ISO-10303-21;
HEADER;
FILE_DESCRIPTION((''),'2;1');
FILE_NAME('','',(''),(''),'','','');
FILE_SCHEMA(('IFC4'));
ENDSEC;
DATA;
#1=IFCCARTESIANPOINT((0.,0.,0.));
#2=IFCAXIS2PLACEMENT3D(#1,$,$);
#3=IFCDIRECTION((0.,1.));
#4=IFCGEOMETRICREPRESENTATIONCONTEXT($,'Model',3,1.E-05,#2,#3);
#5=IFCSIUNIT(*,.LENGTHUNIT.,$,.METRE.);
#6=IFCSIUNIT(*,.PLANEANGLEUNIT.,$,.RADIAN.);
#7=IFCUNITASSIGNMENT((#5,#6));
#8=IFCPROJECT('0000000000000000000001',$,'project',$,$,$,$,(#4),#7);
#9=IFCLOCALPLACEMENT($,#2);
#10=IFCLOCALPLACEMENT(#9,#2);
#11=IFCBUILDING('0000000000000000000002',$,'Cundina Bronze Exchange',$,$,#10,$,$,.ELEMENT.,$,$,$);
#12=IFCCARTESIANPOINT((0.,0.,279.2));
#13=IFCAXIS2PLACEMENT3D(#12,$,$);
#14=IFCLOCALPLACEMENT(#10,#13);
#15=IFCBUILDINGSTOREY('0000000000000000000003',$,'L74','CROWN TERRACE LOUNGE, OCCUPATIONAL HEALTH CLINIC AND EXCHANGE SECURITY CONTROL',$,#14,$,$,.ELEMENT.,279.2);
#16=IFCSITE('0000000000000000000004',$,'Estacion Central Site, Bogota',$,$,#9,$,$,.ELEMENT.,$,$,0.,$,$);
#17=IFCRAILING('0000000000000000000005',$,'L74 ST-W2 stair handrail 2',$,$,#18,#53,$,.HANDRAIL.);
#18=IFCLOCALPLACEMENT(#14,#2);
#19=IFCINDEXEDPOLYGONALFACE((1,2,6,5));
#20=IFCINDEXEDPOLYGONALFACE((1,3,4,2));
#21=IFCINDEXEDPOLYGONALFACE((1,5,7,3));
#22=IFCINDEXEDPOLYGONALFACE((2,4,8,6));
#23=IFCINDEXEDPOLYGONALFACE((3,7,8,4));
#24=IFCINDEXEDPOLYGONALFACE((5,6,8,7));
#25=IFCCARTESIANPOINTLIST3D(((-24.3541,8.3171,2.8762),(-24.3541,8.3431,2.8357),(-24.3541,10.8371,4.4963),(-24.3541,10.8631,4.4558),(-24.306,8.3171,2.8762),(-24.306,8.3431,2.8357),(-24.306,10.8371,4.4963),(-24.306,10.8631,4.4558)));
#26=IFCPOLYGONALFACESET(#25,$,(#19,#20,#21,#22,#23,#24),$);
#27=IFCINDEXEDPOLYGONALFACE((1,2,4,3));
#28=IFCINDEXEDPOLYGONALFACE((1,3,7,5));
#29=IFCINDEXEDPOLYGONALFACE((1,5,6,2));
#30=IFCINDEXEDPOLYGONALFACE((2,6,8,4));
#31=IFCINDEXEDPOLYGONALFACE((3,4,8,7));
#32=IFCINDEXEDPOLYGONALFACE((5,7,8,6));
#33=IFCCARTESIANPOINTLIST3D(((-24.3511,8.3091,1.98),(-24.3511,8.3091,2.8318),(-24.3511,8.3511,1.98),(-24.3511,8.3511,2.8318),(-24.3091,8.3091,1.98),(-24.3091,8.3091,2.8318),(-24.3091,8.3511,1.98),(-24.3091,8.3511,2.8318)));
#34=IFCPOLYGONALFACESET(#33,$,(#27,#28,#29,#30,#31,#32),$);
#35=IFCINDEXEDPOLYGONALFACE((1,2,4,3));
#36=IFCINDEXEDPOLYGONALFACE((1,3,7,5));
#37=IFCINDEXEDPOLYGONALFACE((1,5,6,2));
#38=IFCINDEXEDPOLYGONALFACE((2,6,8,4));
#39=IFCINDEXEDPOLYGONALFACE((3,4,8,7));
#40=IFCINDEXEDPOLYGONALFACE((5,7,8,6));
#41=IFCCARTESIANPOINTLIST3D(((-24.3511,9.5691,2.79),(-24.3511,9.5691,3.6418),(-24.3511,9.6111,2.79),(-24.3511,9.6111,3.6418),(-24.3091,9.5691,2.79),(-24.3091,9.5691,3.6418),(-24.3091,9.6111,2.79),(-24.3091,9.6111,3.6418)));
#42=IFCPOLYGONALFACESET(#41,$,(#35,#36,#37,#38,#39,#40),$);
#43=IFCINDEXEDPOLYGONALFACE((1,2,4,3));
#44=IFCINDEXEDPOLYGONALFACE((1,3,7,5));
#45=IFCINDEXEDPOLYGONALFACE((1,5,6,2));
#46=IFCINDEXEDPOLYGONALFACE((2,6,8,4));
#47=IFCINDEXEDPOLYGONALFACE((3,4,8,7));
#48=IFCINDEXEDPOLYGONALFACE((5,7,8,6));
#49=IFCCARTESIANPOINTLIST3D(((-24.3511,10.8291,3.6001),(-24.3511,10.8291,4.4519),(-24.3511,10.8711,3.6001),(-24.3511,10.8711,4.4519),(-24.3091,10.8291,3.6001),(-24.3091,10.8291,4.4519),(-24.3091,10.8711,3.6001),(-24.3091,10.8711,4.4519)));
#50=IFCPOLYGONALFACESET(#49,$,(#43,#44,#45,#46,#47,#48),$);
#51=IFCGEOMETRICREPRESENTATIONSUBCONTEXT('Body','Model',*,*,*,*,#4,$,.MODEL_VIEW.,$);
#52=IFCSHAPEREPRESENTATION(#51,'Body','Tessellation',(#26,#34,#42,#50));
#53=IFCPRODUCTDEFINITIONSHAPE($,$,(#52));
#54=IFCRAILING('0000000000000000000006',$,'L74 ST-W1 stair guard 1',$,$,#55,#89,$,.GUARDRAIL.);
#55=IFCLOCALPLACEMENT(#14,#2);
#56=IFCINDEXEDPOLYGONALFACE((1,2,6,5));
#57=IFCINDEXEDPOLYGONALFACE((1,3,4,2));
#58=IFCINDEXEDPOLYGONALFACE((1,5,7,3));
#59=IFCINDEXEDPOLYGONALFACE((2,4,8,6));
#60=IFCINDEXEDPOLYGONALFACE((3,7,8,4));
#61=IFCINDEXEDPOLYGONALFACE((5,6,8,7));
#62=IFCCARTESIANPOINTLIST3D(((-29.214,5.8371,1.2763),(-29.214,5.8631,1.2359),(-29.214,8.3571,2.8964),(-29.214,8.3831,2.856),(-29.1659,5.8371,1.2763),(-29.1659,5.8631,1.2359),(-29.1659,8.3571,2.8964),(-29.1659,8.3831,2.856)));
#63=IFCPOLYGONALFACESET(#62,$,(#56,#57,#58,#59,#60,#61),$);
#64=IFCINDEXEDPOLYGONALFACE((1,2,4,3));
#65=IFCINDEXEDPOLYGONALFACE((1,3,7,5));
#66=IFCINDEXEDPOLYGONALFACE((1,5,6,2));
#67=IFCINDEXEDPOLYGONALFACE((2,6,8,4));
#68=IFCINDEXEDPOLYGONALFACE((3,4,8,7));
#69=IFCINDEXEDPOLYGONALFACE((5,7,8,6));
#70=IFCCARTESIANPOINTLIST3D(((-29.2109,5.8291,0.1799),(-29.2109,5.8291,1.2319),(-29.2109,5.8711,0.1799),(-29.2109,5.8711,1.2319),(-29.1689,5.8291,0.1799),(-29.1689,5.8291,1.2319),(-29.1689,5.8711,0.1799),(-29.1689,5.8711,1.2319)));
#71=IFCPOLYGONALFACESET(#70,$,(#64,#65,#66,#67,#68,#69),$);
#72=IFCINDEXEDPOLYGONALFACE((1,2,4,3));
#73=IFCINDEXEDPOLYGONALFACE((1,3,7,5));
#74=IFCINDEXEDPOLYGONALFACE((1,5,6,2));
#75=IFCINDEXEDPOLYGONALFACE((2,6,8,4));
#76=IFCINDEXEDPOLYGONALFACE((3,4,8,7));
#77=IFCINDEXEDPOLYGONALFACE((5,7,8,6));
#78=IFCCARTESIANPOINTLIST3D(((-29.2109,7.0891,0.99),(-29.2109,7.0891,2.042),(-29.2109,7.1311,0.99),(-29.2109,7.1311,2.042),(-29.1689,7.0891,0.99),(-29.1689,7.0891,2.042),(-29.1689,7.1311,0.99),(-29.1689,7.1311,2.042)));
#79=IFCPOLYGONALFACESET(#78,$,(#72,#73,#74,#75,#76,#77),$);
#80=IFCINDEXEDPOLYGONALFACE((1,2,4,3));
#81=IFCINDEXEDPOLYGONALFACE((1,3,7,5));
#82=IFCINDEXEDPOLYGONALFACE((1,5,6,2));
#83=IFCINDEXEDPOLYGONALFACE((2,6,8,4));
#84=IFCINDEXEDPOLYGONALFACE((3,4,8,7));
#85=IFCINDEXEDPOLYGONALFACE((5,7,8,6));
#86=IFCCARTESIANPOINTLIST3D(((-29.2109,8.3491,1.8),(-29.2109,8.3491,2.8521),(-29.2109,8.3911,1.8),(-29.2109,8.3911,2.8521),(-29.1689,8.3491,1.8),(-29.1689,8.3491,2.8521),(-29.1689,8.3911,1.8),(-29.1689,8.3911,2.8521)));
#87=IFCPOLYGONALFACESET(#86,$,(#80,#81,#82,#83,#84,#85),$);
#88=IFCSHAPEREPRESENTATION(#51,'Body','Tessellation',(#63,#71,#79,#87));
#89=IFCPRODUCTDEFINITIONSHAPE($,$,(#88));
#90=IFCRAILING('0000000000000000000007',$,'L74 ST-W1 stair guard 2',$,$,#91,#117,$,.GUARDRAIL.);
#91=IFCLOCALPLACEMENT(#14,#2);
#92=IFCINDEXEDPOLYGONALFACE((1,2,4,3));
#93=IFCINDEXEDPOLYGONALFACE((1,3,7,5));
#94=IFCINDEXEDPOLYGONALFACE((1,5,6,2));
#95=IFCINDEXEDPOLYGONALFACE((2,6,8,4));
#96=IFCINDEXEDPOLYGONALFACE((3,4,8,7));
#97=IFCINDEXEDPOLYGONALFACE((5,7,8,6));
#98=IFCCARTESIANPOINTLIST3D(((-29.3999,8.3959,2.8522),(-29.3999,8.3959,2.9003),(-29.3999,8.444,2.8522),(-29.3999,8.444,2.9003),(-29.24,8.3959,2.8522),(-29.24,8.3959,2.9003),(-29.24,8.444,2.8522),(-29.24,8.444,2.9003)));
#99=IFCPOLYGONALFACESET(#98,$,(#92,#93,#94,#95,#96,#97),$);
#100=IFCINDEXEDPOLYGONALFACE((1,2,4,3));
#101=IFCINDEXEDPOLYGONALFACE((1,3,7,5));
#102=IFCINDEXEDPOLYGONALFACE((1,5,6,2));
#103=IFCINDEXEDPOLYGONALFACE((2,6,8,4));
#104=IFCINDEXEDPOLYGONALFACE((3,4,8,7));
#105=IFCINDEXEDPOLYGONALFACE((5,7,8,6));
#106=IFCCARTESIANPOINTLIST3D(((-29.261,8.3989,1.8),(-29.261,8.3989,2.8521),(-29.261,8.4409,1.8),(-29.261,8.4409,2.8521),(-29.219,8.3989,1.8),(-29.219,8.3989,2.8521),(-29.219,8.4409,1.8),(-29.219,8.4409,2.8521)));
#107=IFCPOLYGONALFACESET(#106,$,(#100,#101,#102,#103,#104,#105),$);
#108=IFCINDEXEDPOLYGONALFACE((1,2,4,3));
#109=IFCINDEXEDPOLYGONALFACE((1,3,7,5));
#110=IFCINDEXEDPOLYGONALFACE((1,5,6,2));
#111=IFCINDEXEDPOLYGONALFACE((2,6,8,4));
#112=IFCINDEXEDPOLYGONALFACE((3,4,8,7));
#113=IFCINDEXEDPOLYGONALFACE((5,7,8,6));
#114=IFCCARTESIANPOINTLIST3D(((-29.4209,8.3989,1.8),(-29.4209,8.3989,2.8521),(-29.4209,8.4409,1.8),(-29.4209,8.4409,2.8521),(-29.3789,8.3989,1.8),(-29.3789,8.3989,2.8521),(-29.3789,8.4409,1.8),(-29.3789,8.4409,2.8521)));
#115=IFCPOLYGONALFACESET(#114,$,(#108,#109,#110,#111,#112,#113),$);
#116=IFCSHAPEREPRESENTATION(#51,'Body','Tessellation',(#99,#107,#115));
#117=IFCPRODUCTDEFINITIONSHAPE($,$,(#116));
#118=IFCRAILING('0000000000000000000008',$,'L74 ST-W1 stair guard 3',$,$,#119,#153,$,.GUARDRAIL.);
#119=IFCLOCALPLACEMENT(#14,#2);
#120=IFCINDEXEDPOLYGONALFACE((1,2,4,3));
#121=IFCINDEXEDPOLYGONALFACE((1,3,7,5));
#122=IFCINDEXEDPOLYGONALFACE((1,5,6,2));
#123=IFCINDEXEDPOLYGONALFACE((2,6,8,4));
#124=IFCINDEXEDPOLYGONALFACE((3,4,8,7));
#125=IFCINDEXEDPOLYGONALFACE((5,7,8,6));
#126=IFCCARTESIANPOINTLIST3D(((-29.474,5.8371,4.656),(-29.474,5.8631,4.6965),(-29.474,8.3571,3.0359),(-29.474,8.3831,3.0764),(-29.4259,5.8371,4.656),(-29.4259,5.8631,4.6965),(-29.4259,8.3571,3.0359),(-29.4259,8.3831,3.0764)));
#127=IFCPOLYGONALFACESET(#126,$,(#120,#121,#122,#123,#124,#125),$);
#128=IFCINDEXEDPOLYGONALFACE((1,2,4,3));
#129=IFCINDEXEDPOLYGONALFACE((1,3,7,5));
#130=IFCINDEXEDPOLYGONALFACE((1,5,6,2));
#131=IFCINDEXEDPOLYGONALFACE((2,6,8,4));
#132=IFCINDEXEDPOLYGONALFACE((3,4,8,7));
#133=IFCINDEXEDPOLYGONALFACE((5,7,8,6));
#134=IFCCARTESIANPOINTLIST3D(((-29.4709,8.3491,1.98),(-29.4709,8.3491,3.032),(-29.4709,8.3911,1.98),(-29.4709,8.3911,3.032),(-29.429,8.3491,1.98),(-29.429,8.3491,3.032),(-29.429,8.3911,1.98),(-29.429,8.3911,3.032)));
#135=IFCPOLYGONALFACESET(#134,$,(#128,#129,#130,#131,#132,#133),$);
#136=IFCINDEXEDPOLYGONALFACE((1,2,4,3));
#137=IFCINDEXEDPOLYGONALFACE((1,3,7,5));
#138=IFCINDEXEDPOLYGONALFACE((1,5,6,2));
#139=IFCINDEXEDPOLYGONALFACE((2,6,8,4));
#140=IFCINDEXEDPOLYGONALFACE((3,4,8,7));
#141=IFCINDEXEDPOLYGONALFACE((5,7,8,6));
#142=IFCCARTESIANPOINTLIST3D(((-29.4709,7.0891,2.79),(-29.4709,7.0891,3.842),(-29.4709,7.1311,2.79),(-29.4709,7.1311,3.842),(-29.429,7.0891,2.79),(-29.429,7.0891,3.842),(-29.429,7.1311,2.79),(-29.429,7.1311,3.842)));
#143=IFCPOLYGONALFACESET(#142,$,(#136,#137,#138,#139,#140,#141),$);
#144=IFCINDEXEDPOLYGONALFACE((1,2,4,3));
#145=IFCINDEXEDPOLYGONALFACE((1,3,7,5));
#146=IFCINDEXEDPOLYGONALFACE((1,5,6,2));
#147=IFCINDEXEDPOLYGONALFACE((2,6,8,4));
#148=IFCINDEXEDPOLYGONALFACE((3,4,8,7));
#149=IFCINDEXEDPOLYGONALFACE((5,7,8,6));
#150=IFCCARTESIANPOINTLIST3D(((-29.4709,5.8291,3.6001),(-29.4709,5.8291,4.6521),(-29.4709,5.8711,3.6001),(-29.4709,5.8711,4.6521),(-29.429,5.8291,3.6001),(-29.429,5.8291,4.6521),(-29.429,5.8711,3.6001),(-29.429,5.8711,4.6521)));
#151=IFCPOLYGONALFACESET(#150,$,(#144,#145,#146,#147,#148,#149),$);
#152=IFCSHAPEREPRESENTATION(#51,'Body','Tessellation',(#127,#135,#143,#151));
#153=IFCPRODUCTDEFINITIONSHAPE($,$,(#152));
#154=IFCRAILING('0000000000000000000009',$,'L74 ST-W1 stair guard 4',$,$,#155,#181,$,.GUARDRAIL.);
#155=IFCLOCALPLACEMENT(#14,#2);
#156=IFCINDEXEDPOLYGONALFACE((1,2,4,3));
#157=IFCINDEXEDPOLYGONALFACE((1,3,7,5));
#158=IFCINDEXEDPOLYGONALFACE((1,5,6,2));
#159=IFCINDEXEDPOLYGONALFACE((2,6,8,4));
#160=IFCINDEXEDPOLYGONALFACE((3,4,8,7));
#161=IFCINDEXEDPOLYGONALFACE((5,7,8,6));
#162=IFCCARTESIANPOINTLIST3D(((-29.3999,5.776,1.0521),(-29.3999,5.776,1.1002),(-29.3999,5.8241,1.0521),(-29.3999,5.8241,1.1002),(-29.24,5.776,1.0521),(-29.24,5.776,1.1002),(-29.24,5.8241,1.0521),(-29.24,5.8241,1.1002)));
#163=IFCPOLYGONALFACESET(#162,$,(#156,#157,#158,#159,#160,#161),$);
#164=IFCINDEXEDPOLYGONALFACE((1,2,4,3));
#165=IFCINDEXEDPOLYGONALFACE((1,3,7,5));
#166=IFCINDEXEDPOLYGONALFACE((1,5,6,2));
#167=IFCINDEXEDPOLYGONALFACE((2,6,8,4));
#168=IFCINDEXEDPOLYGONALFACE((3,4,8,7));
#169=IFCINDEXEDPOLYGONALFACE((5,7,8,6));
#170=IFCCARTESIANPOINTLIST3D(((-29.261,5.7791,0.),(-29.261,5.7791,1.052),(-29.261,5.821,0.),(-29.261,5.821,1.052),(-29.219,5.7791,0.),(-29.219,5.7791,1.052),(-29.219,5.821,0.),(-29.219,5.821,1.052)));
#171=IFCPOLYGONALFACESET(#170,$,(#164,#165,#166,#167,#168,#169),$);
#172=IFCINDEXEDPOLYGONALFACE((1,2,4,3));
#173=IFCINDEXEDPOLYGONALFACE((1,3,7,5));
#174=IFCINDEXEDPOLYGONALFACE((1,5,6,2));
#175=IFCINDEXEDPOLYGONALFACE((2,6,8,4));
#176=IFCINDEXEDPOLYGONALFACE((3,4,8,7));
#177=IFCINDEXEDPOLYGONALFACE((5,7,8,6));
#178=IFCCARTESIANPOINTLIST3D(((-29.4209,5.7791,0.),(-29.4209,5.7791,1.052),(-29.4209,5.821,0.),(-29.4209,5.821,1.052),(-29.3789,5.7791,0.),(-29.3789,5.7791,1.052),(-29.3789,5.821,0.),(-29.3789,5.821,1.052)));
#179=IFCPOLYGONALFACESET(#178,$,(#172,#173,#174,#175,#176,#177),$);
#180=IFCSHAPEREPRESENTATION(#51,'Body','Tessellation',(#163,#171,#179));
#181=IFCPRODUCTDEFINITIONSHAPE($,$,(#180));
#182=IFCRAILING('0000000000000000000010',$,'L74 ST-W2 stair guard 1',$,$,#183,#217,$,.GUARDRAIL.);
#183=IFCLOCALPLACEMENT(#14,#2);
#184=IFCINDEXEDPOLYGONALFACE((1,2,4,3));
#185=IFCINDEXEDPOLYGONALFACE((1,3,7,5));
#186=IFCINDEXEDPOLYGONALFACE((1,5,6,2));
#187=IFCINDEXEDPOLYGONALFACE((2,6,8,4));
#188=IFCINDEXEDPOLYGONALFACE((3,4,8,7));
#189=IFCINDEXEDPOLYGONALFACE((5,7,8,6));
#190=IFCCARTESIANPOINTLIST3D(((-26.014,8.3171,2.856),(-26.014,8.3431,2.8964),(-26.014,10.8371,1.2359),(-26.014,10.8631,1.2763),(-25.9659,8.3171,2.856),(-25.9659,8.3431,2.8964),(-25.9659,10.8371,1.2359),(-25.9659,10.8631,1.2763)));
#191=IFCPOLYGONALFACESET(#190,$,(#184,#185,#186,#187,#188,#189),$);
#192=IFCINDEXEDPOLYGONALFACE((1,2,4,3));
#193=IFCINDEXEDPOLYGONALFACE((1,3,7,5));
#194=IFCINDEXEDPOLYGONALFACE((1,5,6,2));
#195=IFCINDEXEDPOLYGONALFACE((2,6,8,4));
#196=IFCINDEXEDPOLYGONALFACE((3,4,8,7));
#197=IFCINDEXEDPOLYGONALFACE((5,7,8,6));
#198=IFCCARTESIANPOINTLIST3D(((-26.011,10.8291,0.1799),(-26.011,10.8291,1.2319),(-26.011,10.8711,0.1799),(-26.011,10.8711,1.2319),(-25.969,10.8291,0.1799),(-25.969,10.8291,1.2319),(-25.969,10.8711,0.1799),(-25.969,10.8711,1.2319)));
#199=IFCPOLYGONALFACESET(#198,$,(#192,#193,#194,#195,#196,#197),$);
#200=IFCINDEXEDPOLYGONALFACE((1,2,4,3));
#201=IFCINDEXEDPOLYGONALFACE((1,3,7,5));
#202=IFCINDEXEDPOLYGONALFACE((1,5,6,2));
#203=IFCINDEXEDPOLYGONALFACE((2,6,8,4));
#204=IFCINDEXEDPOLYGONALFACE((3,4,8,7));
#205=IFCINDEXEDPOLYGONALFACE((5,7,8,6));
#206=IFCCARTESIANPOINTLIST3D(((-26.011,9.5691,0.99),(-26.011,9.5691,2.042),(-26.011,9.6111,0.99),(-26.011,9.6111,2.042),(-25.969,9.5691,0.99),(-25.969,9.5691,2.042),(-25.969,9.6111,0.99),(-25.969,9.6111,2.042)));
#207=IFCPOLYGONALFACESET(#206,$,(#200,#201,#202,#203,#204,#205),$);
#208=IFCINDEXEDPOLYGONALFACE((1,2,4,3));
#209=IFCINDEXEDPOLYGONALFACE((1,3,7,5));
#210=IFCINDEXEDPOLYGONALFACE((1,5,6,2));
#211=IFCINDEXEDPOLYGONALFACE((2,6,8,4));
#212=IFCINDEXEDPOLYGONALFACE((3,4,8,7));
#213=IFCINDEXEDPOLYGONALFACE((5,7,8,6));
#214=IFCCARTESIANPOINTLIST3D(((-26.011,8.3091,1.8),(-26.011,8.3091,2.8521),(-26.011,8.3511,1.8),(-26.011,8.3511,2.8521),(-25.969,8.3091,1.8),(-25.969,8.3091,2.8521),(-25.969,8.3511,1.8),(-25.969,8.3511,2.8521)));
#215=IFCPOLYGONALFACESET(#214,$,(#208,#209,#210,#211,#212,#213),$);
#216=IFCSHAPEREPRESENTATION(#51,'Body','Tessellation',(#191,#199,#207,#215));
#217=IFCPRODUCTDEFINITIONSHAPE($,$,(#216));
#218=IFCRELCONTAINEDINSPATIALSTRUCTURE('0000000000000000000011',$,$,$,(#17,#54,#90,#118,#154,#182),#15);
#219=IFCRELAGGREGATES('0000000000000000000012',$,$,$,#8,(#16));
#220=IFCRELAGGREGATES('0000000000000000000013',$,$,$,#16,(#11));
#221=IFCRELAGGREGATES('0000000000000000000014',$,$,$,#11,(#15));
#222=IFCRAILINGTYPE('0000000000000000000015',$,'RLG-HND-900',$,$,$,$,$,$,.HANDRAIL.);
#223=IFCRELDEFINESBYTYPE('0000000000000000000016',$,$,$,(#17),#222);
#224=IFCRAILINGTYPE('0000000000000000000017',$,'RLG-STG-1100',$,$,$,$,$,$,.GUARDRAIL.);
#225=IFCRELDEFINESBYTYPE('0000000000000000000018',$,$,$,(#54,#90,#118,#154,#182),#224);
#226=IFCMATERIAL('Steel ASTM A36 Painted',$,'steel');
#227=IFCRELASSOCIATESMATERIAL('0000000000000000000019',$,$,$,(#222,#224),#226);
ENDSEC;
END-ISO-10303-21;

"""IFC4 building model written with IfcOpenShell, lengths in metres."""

from ifc_helpers import new_model, si_unit, direction, frame, origin, origin_2d, place, context, subcontext, project, spatial, rectangle, extrude, material, type_object, element, save


model = new_model("IFC4")

# Units and contexts
model_context = context("Model", 3, precision=1e-05, world=origin(), true_north=direction((0.0, 1.0)))
body_context = subcontext(model_context, "Body", "Model", "MODEL_VIEW")
ifc_project = project(units=[si_unit("LENGTHUNIT", "METRE"), si_unit("PLANEANGLEUNIT", "RADIAN")], contexts=[model_context])

# Site, building, storey
site_placement = place(None, origin())
site = spatial("IfcSite", under=ifc_project, at=site_placement, Name="Estacion Central Site, Bogota", CompositionType="ELEMENT", RefElevation=0.0)
building_placement = place(site_placement, origin())
building = spatial("IfcBuilding", under=site, at=building_placement, Name="Cundina Bronze Exchange", CompositionType="ELEMENT")
storey_placement = place(building_placement, frame((0.0, 0.0, 279.2)))
storey = spatial("IfcBuildingStorey", under=building, at=storey_placement, Name="L74", Description="CROWN TERRACE LOUNGE, OCCUPATIONAL HEALTH CLINIC AND EXCHANGE SECURITY CONTROL", CompositionType="ELEMENT", Elevation=279.2)

# Shared definitions
ifc_material_1 = material(Name="Steel ASTM A36 Painted", Category="steel")

# Railings
railing_type_1 = type_object("IfcRailingType", Name="RLG-HND-900", PredefinedType="HANDRAIL", material=ifc_material_1)
railing_1_placement = place(storey_placement, frame((-24.3301, 8.3301, 1.98)))
element("IfcRailing", 1, at=railing_1_placement, inside=storey, type_object=railing_type_1, Name="L74 ST-W2 stair handrail 2", PredefinedType="HANDRAIL", context=body_context, shape_type="SweptSolid", body=[
    extrude(rectangle(XDim=0.0481, YDim=0.0481, at=origin_2d()), frame((0.0, 0.0, 0.876), z_axis=(0.0, 0.841163, 0.540782), x_axis=(-1.0, 0.0, 0.0)), (0.0, 0.0, 1.0), 2.9958),
    extrude(rectangle(XDim=0.042, YDim=0.042, at=origin_2d()), origin(), (0.0, 0.0, 1.0), 0.8518),
    extrude(rectangle(XDim=0.042, YDim=0.042, at=origin_2d()), frame((0.0, 1.26, 0.8101)), (0.0, 0.0, 1.0), 0.8518),
    extrude(rectangle(XDim=0.042, YDim=0.042, at=origin_2d()), frame((0.0, 2.52, 1.6201)), (0.0, 0.0, 1.0), 0.8518),
])
railing_type_2 = type_object("IfcRailingType", Name="RLG-STG-1100", PredefinedType="GUARDRAIL", material=ifc_material_1)
railing_2_placement = place(storey_placement, frame((-29.1899, 5.8501, 0.1799)))
element("IfcRailing", 2, at=railing_2_placement, inside=storey, type_object=railing_type_2, Name="L74 ST-W1 stair guard 1", PredefinedType="GUARDRAIL", context=body_context, shape_type="SweptSolid", body=[
    extrude(rectangle(XDim=0.0481, YDim=0.0481, at=origin_2d()), frame((0.0, 0.0, 1.0762), z_axis=(0.0, 0.841163, 0.540782), x_axis=(-1.0, 0.0, 0.0)), (0.0, 0.0, 1.0), 2.9958),
    extrude(rectangle(XDim=0.042, YDim=0.042, at=origin_2d()), origin(), (0.0, 0.0, 1.0), 1.052),
    extrude(rectangle(XDim=0.042, YDim=0.042, at=origin_2d()), frame((0.0, 1.26, 0.8101)), (0.0, 0.0, 1.0), 1.052),
    extrude(rectangle(XDim=0.042, YDim=0.042, at=origin_2d()), frame((0.0, 2.52, 1.6201)), (0.0, 0.0, 1.0), 1.052),
])
railing_3_placement = place(storey_placement, frame((-29.24, 8.4199, 1.8)))
element("IfcRailing", 3, at=railing_3_placement, inside=storey, type_object=railing_type_2, Name="L74 ST-W1 stair guard 2", PredefinedType="GUARDRAIL", context=body_context, shape_type="SweptSolid", body=[
    extrude(rectangle(XDim=0.0481, YDim=0.0481, at=origin_2d()), frame((0.0, 0.0, 1.0762), z_axis=(-1.0, 0.0, 0.0), x_axis=(0.0, -1.0, 0.0)), (0.0, 0.0, 1.0), 0.1599),
    extrude(rectangle(XDim=0.042, YDim=0.042, at=origin_2d()), origin(), (0.0, 0.0, 1.0), 1.052),
    extrude(rectangle(XDim=0.042, YDim=0.042, at=origin_2d()), frame((-0.1599, 0.0, 0.0)), (0.0, 0.0, 1.0), 1.052),
])
railing_4_placement = place(storey_placement, frame((-29.45, 8.3701, 1.98)))
element("IfcRailing", 4, at=railing_4_placement, inside=storey, type_object=railing_type_2, Name="L74 ST-W1 stair guard 3", PredefinedType="GUARDRAIL", context=body_context, shape_type="SweptSolid", body=[
    extrude(rectangle(XDim=0.0481, YDim=0.0481, at=origin_2d()), frame((0.0, 0.0, 1.0762), z_axis=(0.0, -0.841163, 0.540782), x_axis=(1.0, 0.0, 0.0)), (0.0, 0.0, 1.0), 2.9958),
    extrude(rectangle(XDim=0.042, YDim=0.042, at=origin_2d()), origin(), (0.0, 0.0, 1.0), 1.052),
    extrude(rectangle(XDim=0.042, YDim=0.042, at=origin_2d()), frame((0.0, -1.26, 0.8101)), (0.0, 0.0, 1.0), 1.052),
    extrude(rectangle(XDim=0.042, YDim=0.042, at=origin_2d()), frame((0.0, -2.52, 1.6201)), (0.0, 0.0, 1.0), 1.052),
])
railing_5_placement = place(storey_placement, frame((-29.24, 5.8, 0.0)))
element("IfcRailing", 5, at=railing_5_placement, inside=storey, type_object=railing_type_2, Name="L74 ST-W1 stair guard 4", PredefinedType="GUARDRAIL", context=body_context, shape_type="SweptSolid", body=[
    extrude(rectangle(XDim=0.0481, YDim=0.0481, at=origin_2d()), frame((0.0, 0.0, 1.0762), z_axis=(-1.0, 0.0, 0.0), x_axis=(0.0, -1.0, 0.0)), (0.0, 0.0, 1.0), 0.1599),
    extrude(rectangle(XDim=0.042, YDim=0.042, at=origin_2d()), origin(), (0.0, 0.0, 1.0), 1.052),
    extrude(rectangle(XDim=0.042, YDim=0.042, at=origin_2d()), frame((-0.1599, 0.0, 0.0)), (0.0, 0.0, 1.0), 1.052),
])
railing_6_placement = place(storey_placement, frame((-25.99, 10.8501, 0.1799)))
element("IfcRailing", 6, at=railing_6_placement, inside=storey, type_object=railing_type_2, Name="L74 ST-W2 stair guard 1", PredefinedType="GUARDRAIL", context=body_context, shape_type="SweptSolid", body=[
    extrude(rectangle(XDim=0.0481, YDim=0.0481, at=origin_2d()), frame((0.0, 0.0, 1.0762), z_axis=(0.0, -0.841163, 0.540782), x_axis=(1.0, 0.0, 0.0)), (0.0, 0.0, 1.0), 2.9958),
    extrude(rectangle(XDim=0.042, YDim=0.042, at=origin_2d()), origin(), (0.0, 0.0, 1.0), 1.052),
    extrude(rectangle(XDim=0.042, YDim=0.042, at=origin_2d()), frame((0.0, -1.26, 0.8101)), (0.0, 0.0, 1.0), 1.052),
    extrude(rectangle(XDim=0.042, YDim=0.042, at=origin_2d()), frame((0.0, -2.52, 1.6201)), (0.0, 0.0, 1.0), 1.052),
])

save(model, "model.ifc")
